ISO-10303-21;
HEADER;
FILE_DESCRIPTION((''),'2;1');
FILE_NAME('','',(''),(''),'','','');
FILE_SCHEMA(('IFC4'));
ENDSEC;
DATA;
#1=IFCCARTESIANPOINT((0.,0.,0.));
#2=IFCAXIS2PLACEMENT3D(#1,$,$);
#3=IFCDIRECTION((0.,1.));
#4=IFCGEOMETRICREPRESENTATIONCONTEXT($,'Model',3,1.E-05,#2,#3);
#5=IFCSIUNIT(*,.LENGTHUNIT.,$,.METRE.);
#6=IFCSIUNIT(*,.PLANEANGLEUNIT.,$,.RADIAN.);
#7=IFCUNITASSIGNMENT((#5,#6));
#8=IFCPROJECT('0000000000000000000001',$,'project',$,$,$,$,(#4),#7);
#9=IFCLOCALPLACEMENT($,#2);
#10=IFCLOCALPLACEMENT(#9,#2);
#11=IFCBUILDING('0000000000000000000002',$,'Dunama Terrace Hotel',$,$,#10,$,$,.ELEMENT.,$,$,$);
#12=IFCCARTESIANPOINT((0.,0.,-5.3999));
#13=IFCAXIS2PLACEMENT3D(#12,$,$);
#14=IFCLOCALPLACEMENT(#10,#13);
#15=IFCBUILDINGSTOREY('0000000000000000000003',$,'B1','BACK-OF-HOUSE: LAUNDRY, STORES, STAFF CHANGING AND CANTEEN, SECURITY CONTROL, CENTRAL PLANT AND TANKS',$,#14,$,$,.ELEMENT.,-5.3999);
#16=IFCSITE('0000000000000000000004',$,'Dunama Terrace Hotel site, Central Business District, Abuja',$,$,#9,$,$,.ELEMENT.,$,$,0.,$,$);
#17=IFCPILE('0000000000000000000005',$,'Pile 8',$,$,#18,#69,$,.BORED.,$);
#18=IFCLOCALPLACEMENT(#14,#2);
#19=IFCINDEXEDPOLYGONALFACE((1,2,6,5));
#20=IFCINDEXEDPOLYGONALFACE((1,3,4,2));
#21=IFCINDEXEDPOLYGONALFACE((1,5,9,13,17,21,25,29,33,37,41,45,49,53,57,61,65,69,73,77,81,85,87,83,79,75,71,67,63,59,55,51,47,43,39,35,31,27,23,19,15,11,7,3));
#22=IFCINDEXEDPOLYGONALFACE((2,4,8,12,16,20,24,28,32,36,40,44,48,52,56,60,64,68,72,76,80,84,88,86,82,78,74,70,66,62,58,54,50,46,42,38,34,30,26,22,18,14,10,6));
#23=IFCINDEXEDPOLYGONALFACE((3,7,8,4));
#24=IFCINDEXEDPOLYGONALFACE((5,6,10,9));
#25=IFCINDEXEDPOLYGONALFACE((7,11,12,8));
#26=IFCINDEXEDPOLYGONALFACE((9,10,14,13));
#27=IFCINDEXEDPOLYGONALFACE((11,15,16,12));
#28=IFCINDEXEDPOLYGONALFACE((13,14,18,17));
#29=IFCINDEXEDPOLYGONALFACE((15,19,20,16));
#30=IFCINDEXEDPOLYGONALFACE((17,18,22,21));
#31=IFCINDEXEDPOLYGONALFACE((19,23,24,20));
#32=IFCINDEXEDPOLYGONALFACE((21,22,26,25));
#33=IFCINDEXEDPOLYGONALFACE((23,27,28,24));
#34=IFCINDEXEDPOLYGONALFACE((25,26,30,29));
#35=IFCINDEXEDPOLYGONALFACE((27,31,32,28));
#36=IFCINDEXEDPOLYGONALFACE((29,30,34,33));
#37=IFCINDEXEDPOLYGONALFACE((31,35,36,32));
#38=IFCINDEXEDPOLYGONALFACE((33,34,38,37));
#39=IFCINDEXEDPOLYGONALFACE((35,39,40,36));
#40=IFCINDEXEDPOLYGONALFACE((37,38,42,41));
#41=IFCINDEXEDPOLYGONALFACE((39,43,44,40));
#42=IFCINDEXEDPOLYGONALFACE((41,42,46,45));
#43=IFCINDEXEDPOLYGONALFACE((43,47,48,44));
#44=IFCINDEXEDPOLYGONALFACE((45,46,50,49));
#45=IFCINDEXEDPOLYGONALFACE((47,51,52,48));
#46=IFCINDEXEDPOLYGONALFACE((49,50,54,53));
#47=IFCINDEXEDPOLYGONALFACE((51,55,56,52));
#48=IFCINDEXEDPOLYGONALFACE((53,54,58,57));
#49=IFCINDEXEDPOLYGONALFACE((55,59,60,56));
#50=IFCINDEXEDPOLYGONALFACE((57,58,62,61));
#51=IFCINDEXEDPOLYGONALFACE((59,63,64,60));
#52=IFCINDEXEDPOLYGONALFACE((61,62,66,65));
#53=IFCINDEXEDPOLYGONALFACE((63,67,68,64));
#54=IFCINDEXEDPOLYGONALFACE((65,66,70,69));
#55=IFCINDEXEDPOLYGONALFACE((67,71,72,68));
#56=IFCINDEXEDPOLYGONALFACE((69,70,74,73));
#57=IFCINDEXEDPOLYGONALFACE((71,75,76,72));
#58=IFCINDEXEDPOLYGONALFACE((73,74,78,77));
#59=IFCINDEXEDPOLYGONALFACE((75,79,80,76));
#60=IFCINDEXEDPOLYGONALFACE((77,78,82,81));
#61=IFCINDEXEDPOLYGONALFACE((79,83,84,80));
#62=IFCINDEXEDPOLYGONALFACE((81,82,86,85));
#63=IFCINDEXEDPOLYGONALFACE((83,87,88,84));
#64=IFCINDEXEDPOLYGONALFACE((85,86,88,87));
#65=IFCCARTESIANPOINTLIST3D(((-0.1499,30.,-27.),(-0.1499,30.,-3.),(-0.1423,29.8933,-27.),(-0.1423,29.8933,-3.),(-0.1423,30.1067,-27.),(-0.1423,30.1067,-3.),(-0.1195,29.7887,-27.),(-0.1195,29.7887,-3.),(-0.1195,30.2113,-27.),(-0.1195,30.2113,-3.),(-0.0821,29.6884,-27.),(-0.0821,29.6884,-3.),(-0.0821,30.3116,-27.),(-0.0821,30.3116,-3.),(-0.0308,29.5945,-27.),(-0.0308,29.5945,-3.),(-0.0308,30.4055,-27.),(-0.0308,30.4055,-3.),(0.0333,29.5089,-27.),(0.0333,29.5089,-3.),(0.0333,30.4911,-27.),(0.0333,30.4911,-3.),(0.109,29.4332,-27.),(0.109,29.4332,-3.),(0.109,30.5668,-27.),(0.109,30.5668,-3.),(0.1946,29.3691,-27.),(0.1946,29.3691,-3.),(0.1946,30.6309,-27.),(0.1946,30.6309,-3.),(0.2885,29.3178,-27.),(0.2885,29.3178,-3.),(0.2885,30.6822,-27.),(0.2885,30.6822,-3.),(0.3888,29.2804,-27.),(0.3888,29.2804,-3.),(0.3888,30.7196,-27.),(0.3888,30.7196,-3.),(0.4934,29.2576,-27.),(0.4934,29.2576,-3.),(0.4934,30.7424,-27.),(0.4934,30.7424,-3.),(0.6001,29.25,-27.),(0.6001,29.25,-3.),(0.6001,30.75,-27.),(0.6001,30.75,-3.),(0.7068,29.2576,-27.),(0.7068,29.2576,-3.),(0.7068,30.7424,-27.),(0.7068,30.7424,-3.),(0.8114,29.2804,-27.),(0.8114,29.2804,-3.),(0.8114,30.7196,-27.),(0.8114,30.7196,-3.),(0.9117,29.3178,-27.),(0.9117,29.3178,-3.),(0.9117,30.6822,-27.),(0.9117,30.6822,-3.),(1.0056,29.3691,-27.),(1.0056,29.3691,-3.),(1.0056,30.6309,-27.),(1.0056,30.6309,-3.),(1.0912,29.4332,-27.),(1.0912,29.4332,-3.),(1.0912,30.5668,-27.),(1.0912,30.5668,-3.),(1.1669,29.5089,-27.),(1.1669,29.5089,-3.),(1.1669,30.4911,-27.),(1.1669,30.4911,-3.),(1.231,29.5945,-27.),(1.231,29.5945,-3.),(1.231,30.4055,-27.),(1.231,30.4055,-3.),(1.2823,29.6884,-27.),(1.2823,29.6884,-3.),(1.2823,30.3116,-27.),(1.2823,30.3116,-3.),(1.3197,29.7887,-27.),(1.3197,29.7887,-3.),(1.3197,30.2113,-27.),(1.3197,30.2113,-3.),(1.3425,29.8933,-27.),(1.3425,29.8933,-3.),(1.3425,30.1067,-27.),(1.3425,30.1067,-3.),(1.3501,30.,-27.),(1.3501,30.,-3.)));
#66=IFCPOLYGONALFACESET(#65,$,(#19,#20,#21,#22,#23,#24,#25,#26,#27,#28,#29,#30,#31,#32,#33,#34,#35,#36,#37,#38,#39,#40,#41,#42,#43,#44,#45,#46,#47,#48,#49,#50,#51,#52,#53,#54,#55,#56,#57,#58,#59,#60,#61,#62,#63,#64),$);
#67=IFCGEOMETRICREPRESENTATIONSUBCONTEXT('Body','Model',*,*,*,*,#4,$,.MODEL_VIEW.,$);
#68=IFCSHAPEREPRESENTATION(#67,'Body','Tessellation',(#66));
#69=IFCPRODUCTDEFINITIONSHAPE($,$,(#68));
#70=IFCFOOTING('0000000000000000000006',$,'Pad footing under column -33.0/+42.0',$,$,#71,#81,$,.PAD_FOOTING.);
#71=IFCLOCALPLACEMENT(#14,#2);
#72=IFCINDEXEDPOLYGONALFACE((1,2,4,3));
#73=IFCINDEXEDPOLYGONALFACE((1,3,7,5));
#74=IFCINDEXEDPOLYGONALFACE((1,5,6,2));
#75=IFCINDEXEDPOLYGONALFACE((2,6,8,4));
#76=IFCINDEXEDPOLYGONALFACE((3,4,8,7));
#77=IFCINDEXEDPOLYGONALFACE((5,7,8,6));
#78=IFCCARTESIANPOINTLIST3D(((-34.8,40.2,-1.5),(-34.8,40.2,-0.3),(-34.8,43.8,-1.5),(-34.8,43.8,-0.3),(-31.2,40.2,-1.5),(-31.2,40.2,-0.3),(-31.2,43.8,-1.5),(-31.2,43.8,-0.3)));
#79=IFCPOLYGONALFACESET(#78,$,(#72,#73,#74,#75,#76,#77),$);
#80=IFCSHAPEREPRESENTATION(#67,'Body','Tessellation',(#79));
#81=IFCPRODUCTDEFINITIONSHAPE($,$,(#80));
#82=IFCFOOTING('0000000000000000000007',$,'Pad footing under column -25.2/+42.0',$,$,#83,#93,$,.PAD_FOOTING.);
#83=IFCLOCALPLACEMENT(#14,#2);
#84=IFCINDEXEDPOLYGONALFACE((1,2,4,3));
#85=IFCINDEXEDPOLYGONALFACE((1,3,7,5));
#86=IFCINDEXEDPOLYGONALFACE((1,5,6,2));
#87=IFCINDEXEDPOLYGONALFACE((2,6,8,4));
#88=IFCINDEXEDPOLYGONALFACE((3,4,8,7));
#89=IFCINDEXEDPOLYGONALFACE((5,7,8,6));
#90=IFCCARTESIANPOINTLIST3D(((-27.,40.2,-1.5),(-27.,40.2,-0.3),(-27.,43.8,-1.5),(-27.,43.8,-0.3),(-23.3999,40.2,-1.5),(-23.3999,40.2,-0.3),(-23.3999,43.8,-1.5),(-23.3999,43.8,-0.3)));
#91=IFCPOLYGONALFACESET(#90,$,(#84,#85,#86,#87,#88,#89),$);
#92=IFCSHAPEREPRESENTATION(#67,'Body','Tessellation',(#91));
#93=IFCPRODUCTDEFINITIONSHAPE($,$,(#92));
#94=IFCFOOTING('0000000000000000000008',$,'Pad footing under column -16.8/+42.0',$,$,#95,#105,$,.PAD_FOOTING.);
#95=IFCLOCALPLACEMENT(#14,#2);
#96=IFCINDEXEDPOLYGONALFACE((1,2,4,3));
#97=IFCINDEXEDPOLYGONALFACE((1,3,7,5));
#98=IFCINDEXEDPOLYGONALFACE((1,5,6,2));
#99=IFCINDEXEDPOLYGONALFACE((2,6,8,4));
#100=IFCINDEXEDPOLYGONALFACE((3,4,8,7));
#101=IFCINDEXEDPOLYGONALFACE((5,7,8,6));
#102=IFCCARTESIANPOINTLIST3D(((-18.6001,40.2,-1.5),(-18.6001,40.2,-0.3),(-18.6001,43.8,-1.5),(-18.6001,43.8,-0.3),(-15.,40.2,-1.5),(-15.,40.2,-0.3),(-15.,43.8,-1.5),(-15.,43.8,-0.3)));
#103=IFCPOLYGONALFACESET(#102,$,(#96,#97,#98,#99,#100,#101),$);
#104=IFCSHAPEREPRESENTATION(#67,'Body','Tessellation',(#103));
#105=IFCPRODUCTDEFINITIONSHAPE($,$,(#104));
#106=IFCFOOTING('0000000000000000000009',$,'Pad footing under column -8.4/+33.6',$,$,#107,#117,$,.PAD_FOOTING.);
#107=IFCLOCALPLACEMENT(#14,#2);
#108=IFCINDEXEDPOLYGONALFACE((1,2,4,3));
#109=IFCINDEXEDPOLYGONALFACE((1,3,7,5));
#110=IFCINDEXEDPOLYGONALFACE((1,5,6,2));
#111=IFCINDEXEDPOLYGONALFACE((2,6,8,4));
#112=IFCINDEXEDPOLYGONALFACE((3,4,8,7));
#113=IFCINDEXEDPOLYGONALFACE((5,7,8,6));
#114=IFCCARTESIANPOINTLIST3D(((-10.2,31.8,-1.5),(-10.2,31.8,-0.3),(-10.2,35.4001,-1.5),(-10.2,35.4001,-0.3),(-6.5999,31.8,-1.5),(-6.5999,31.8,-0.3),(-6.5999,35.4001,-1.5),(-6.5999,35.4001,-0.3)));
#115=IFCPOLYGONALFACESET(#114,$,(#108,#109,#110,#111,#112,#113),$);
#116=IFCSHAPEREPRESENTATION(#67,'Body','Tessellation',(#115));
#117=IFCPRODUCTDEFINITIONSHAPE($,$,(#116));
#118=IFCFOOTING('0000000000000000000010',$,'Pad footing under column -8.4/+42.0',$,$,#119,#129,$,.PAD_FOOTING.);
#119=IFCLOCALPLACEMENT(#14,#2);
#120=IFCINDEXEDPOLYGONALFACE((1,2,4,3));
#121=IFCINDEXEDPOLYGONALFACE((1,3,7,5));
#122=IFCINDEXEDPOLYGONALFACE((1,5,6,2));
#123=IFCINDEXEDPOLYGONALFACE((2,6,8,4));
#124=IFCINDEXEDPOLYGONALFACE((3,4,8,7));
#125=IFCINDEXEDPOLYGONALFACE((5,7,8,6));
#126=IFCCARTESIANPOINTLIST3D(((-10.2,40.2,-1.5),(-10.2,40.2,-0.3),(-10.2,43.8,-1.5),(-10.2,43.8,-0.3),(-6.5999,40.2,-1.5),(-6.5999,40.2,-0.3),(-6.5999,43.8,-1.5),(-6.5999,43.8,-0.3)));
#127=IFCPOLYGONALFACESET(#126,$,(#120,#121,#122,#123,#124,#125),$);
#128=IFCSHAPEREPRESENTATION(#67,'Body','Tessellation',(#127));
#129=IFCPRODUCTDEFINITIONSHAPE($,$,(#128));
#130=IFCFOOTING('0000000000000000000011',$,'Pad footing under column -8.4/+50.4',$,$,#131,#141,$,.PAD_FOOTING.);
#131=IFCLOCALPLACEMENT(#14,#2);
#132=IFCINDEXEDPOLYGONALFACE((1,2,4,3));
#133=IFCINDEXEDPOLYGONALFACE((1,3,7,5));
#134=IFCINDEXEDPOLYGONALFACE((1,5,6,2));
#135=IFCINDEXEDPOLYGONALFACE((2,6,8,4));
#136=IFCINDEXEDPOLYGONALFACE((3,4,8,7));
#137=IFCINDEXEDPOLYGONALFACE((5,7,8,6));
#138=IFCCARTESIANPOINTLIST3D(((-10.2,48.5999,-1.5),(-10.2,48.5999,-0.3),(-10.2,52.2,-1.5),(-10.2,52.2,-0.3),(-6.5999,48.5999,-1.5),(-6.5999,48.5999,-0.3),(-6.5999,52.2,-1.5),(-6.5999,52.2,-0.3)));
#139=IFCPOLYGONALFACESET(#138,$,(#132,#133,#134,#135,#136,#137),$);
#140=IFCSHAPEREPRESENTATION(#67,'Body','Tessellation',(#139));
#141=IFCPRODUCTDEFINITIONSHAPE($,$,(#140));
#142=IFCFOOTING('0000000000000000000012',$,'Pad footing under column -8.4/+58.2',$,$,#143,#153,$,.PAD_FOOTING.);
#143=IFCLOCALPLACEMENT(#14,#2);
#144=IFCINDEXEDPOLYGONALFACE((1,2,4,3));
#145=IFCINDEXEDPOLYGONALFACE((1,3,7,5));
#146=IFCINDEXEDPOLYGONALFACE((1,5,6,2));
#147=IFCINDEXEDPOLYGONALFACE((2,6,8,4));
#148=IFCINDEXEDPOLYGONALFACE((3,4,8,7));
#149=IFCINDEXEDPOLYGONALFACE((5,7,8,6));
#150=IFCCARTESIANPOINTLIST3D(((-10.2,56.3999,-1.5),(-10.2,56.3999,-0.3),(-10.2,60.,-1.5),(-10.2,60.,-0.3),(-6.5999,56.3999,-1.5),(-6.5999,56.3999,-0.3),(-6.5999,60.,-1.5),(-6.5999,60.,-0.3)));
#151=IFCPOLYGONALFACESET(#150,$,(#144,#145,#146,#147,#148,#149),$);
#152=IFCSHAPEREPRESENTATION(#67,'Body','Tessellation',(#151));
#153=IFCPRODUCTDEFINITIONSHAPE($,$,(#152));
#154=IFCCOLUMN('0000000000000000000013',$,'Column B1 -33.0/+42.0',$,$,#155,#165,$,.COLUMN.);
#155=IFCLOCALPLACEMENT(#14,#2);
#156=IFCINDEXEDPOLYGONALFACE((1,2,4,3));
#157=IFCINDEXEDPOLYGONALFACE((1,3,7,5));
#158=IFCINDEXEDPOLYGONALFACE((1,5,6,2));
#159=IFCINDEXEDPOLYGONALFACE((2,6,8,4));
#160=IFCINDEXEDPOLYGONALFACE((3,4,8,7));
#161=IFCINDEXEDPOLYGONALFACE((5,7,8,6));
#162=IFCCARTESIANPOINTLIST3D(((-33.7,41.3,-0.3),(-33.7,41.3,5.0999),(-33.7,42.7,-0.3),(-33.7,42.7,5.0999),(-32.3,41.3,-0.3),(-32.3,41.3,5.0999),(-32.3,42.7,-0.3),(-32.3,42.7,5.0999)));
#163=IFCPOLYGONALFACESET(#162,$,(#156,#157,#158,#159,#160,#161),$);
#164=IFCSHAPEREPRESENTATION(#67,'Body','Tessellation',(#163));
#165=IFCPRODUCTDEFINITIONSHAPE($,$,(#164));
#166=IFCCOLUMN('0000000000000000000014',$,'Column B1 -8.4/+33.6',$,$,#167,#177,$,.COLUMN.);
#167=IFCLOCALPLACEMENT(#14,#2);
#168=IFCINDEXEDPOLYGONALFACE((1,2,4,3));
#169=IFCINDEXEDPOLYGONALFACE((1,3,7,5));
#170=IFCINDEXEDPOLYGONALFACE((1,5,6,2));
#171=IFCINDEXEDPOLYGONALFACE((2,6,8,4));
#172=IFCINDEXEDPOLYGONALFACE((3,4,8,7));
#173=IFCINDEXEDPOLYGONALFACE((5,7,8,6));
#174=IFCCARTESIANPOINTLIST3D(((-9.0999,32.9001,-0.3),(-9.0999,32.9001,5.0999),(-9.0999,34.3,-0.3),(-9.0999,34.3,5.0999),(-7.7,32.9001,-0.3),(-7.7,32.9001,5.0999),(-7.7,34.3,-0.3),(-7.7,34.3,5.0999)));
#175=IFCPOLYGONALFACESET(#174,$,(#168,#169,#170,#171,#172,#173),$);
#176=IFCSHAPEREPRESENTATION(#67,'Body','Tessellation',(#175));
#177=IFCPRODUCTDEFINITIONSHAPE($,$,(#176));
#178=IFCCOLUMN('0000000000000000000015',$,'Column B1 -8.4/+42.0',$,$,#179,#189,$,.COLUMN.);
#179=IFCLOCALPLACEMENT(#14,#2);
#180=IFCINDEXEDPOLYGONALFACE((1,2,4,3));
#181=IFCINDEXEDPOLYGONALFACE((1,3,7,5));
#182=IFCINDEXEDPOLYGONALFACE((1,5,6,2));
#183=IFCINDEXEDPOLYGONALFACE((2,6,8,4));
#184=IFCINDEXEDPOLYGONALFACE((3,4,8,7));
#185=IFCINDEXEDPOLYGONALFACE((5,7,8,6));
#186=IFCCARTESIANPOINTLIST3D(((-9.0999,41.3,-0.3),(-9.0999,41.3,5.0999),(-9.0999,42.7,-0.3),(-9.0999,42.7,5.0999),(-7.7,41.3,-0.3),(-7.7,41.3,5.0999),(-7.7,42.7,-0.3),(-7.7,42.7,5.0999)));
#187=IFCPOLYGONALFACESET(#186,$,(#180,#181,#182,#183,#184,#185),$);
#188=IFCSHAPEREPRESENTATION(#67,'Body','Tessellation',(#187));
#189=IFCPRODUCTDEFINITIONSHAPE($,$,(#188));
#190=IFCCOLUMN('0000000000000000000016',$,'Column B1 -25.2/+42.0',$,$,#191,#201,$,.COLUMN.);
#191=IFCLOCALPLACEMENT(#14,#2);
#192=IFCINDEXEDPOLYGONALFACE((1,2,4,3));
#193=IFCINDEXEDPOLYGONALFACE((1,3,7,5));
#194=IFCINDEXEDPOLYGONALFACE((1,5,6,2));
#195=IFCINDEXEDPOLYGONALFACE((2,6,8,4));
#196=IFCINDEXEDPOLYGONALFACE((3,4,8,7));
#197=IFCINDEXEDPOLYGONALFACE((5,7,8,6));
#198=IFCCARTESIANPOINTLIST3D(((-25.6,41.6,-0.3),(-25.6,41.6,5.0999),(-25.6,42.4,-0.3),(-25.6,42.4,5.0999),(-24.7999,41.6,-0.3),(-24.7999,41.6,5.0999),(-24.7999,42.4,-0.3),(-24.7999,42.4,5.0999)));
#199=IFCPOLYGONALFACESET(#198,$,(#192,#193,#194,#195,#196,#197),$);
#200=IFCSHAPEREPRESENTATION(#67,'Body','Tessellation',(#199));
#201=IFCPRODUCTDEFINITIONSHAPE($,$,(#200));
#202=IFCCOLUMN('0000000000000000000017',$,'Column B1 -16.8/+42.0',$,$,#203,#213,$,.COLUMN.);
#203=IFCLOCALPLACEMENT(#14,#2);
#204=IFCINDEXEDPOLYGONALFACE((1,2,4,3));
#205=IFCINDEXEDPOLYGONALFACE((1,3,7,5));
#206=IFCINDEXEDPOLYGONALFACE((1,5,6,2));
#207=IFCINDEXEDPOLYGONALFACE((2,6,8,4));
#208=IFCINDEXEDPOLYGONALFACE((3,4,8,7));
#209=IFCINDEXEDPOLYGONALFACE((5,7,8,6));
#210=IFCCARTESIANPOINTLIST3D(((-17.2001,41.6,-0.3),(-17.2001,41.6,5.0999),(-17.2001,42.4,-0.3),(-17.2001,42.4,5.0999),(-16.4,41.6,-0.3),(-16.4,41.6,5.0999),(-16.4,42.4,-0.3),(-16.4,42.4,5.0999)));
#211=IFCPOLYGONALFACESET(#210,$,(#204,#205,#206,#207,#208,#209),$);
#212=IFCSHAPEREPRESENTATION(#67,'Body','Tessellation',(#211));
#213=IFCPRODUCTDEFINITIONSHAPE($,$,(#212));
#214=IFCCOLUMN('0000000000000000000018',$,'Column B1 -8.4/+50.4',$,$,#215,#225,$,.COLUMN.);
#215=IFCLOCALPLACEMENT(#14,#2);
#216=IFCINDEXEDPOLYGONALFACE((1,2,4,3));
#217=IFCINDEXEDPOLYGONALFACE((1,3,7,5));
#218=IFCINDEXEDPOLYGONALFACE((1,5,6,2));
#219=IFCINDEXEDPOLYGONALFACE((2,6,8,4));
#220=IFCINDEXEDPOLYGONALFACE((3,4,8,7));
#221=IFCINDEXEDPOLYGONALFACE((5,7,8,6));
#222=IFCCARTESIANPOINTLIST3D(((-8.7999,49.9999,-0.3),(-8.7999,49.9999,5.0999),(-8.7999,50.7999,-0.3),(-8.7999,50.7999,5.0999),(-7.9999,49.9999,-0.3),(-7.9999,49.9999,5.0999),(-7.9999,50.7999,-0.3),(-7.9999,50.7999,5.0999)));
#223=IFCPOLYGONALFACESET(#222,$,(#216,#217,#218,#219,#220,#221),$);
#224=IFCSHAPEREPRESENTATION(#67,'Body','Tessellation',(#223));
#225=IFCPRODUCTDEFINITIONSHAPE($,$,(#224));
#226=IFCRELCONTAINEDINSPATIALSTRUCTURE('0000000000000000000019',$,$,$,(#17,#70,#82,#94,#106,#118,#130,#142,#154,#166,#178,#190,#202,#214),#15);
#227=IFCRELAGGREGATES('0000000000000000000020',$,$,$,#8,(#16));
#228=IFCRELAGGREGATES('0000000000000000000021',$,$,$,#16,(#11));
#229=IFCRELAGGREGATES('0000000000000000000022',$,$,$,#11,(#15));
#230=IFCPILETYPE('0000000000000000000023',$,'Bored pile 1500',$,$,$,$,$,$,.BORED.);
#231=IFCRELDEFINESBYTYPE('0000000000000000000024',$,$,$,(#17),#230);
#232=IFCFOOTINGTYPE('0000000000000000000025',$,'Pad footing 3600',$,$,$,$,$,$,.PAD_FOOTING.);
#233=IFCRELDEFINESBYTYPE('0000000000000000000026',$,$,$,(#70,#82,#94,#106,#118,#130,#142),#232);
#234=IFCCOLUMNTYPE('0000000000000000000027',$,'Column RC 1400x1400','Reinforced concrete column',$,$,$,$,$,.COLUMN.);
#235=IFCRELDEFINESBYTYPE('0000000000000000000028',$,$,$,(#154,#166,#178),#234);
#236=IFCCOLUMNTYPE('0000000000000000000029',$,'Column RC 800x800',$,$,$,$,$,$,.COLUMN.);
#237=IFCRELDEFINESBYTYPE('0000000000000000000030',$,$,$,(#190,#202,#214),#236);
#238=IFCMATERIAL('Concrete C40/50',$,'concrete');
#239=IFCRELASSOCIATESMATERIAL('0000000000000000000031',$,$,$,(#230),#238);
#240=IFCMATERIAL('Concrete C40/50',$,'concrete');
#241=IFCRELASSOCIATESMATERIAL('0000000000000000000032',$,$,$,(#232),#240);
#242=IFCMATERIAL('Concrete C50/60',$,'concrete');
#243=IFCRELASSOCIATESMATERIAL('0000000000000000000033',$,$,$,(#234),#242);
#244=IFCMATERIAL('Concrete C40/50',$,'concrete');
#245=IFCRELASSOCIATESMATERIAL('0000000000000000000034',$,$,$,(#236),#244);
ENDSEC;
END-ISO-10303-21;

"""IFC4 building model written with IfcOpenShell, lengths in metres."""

from ifc_helpers import new_model, si_unit, direction, frame, origin, origin_2d, place, context, subcontext, project, spatial, rectangle, circle, extrude, material, material_profile, profile_set, type_object, element, save


model = new_model("IFC4")

# Units and contexts
model_context = context("Model", 3, precision=1e-05, world=origin(), true_north=direction((0.0, 1.0)))
body_context = subcontext(model_context, "Body", "Model", "MODEL_VIEW")
ifc_project = project(units=[si_unit("LENGTHUNIT", "METRE"), si_unit("PLANEANGLEUNIT", "RADIAN")], contexts=[model_context])

# Site, building, storey
site_placement = place(None, origin())
site = spatial("IfcSite", under=ifc_project, at=site_placement, Name="Dunama Terrace Hotel site, Central Business District, Abuja", CompositionType="ELEMENT", RefElevation=0.0)
building_placement = place(site_placement, origin())
building = spatial("IfcBuilding", under=site, at=building_placement, Name="Dunama Terrace Hotel", CompositionType="ELEMENT")
storey_placement = place(building_placement, frame((0.0, 0.0, -5.3999)))
storey = spatial("IfcBuildingStorey", under=building, at=storey_placement, Name="B1", Description="BACK-OF-HOUSE: LAUNDRY, STORES, STAFF CHANGING AND CANTEEN, SECURITY CONTROL, CENTRAL PLANT AND TANKS", CompositionType="ELEMENT", Elevation=-5.3999)

# Pile
ifc_material_1 = material(Name="Concrete C40/50", Category="concrete")
ifc_material_profile_1 = material_profile(ifc_material_1, circle(Radius=0.75, at=origin_2d()), Name="PILE D1500")
ifc_profile_set_1 = profile_set([ifc_material_profile_1], Name="Concrete C40/50")
pile_type = type_object("IfcPileType", Name="Bored pile 1500", PredefinedType="BORED", material=ifc_profile_set_1)
pile_placement = place(storey_placement, frame((0.6001, 30.0, -3.0), z_axis=(0.0, 0.0, -1.0), x_axis=(1.0, 0.0, 0.0)))
element("IfcPile", 1, at=pile_placement, inside=storey, type_object=pile_type, Name="Pile 8", PredefinedType="BORED", context=body_context, shape_type="SweptSolid", body=[
    extrude(circle(Radius=0.75, at=origin_2d()), origin(), (0.0, 0.0, 1.0), 24.0),
])

# Footings
ifc_material_2 = material(Name="Concrete C40/50", Category="concrete")
footing_type = type_object("IfcFootingType", Name="Pad footing 3600", PredefinedType="PAD_FOOTING", material=ifc_material_2)
for number, where, z_axis, x_axis, name in (
    (2, (-33.0, 42.0, -1.5), (0.0, 0.0, 1.0), (1.0, 0.0, 0.0), "Pad footing under column -33.0/+42.0"),
    (3, (-25.2, 42.0, -1.5), (0.0, 0.0, 1.0), (1.0, 0.0, 0.0), "Pad footing under column -25.2/+42.0"),
    (4, (-16.8, 42.0, -1.5), (0.0, 0.0, 1.0), (1.0, 0.0, 0.0), "Pad footing under column -16.8/+42.0"),
    (5, (-8.3999, 33.6001, -1.5), (0.0, 0.0, 1.0), (1.0, 0.0, 0.0), "Pad footing under column -8.4/+33.6"),
    (6, (-8.3999, 42.0, -1.5), (0.0, 0.0, 1.0), (1.0, 0.0, 0.0), "Pad footing under column -8.4/+42.0"),
    (7, (-8.3999, 50.3999, -1.5), (0.0, 0.0, 1.0), (1.0, 0.0, 0.0), "Pad footing under column -8.4/+50.4"),
    (8, (-8.3999, 58.2, -1.5), (0.0, 0.0, 1.0), (1.0, 0.0, 0.0), "Pad footing under column -8.4/+58.2"),
):
    element("IfcFooting", number, at=place(storey_placement, frame(where, z_axis=z_axis, x_axis=x_axis)), inside=storey, type_object=footing_type, Name=name, PredefinedType="PAD_FOOTING", context=body_context, shape_type="SweptSolid", body=[
        extrude(rectangle(XDim=3.6001, YDim=3.6001, at=origin_2d()), origin(), (0.0, 0.0, 1.0), 1.2),
    ])

# Columns
ifc_material_3 = material(Name="Concrete C50/60", Category="concrete")
ifc_material_profile_2 = material_profile(ifc_material_3, rectangle(XDim=1.3999, YDim=1.3999, at=origin_2d()), Name="RC 1400x1400")
ifc_profile_set_2 = profile_set([ifc_material_profile_2], Name="Concrete C50/60")
column_type_1 = type_object("IfcColumnType", Name="Column RC 1400x1400", Description="Reinforced concrete column", PredefinedType="COLUMN", material=ifc_profile_set_2)
for number, where, z_axis, x_axis, name in (
    (9, (-33.0, 42.0, -0.3), (0.0, 0.0, 1.0), (1.0, 0.0, 0.0), "Column B1 -33.0/+42.0"),
    (10, (-8.3999, 33.6001, -0.3), (0.0, 0.0, 1.0), (1.0, 0.0, 0.0), "Column B1 -8.4/+33.6"),
    (11, (-8.3999, 42.0, -0.3), (0.0, 0.0, 1.0), (1.0, 0.0, 0.0), "Column B1 -8.4/+42.0"),
):
    element("IfcColumn", number, at=place(storey_placement, frame(where, z_axis=z_axis, x_axis=x_axis)), inside=storey, type_object=column_type_1, Name=name, PredefinedType="COLUMN", context=body_context, shape_type="SweptSolid", body=[
        extrude(rectangle(XDim=1.3999, YDim=1.3999, at=origin_2d()), origin(), (0.0, 0.0, 1.0), 5.3999),
    ])
ifc_material_4 = material(Name="Concrete C40/50", Category="concrete")
ifc_material_profile_3 = material_profile(ifc_material_4, rectangle(XDim=0.8, YDim=0.8, at=origin_2d()), Name="RC 800x800")
ifc_profile_set_3 = profile_set([ifc_material_profile_3], Name="Concrete C40/50")
column_type_2 = type_object("IfcColumnType", Name="Column RC 800x800", PredefinedType="COLUMN", material=ifc_profile_set_3)
for number, where, z_axis, x_axis, name in (
    (12, (-25.2, 42.0, -0.3), (0.0, 0.0, 1.0), (1.0, 0.0, 0.0), "Column B1 -25.2/+42.0"),
    (13, (-16.8, 42.0, -0.3), (0.0, 0.0, 1.0), (1.0, 0.0, 0.0), "Column B1 -16.8/+42.0"),
    (14, (-8.3999, 50.3999, -0.3), (0.0, 0.0, 1.0), (1.0, 0.0, 0.0), "Column B1 -8.4/+50.4"),
):
    element("IfcColumn", number, at=place(storey_placement, frame(where, z_axis=z_axis, x_axis=x_axis)), inside=storey, type_object=column_type_2, Name=name, PredefinedType="COLUMN", context=body_context, shape_type="SweptSolid", body=[
        extrude(rectangle(XDim=0.8, YDim=0.8, at=origin_2d()), origin(), (0.0, 0.0, 1.0), 5.3999),
    ])

save(model, "model.ifc")
